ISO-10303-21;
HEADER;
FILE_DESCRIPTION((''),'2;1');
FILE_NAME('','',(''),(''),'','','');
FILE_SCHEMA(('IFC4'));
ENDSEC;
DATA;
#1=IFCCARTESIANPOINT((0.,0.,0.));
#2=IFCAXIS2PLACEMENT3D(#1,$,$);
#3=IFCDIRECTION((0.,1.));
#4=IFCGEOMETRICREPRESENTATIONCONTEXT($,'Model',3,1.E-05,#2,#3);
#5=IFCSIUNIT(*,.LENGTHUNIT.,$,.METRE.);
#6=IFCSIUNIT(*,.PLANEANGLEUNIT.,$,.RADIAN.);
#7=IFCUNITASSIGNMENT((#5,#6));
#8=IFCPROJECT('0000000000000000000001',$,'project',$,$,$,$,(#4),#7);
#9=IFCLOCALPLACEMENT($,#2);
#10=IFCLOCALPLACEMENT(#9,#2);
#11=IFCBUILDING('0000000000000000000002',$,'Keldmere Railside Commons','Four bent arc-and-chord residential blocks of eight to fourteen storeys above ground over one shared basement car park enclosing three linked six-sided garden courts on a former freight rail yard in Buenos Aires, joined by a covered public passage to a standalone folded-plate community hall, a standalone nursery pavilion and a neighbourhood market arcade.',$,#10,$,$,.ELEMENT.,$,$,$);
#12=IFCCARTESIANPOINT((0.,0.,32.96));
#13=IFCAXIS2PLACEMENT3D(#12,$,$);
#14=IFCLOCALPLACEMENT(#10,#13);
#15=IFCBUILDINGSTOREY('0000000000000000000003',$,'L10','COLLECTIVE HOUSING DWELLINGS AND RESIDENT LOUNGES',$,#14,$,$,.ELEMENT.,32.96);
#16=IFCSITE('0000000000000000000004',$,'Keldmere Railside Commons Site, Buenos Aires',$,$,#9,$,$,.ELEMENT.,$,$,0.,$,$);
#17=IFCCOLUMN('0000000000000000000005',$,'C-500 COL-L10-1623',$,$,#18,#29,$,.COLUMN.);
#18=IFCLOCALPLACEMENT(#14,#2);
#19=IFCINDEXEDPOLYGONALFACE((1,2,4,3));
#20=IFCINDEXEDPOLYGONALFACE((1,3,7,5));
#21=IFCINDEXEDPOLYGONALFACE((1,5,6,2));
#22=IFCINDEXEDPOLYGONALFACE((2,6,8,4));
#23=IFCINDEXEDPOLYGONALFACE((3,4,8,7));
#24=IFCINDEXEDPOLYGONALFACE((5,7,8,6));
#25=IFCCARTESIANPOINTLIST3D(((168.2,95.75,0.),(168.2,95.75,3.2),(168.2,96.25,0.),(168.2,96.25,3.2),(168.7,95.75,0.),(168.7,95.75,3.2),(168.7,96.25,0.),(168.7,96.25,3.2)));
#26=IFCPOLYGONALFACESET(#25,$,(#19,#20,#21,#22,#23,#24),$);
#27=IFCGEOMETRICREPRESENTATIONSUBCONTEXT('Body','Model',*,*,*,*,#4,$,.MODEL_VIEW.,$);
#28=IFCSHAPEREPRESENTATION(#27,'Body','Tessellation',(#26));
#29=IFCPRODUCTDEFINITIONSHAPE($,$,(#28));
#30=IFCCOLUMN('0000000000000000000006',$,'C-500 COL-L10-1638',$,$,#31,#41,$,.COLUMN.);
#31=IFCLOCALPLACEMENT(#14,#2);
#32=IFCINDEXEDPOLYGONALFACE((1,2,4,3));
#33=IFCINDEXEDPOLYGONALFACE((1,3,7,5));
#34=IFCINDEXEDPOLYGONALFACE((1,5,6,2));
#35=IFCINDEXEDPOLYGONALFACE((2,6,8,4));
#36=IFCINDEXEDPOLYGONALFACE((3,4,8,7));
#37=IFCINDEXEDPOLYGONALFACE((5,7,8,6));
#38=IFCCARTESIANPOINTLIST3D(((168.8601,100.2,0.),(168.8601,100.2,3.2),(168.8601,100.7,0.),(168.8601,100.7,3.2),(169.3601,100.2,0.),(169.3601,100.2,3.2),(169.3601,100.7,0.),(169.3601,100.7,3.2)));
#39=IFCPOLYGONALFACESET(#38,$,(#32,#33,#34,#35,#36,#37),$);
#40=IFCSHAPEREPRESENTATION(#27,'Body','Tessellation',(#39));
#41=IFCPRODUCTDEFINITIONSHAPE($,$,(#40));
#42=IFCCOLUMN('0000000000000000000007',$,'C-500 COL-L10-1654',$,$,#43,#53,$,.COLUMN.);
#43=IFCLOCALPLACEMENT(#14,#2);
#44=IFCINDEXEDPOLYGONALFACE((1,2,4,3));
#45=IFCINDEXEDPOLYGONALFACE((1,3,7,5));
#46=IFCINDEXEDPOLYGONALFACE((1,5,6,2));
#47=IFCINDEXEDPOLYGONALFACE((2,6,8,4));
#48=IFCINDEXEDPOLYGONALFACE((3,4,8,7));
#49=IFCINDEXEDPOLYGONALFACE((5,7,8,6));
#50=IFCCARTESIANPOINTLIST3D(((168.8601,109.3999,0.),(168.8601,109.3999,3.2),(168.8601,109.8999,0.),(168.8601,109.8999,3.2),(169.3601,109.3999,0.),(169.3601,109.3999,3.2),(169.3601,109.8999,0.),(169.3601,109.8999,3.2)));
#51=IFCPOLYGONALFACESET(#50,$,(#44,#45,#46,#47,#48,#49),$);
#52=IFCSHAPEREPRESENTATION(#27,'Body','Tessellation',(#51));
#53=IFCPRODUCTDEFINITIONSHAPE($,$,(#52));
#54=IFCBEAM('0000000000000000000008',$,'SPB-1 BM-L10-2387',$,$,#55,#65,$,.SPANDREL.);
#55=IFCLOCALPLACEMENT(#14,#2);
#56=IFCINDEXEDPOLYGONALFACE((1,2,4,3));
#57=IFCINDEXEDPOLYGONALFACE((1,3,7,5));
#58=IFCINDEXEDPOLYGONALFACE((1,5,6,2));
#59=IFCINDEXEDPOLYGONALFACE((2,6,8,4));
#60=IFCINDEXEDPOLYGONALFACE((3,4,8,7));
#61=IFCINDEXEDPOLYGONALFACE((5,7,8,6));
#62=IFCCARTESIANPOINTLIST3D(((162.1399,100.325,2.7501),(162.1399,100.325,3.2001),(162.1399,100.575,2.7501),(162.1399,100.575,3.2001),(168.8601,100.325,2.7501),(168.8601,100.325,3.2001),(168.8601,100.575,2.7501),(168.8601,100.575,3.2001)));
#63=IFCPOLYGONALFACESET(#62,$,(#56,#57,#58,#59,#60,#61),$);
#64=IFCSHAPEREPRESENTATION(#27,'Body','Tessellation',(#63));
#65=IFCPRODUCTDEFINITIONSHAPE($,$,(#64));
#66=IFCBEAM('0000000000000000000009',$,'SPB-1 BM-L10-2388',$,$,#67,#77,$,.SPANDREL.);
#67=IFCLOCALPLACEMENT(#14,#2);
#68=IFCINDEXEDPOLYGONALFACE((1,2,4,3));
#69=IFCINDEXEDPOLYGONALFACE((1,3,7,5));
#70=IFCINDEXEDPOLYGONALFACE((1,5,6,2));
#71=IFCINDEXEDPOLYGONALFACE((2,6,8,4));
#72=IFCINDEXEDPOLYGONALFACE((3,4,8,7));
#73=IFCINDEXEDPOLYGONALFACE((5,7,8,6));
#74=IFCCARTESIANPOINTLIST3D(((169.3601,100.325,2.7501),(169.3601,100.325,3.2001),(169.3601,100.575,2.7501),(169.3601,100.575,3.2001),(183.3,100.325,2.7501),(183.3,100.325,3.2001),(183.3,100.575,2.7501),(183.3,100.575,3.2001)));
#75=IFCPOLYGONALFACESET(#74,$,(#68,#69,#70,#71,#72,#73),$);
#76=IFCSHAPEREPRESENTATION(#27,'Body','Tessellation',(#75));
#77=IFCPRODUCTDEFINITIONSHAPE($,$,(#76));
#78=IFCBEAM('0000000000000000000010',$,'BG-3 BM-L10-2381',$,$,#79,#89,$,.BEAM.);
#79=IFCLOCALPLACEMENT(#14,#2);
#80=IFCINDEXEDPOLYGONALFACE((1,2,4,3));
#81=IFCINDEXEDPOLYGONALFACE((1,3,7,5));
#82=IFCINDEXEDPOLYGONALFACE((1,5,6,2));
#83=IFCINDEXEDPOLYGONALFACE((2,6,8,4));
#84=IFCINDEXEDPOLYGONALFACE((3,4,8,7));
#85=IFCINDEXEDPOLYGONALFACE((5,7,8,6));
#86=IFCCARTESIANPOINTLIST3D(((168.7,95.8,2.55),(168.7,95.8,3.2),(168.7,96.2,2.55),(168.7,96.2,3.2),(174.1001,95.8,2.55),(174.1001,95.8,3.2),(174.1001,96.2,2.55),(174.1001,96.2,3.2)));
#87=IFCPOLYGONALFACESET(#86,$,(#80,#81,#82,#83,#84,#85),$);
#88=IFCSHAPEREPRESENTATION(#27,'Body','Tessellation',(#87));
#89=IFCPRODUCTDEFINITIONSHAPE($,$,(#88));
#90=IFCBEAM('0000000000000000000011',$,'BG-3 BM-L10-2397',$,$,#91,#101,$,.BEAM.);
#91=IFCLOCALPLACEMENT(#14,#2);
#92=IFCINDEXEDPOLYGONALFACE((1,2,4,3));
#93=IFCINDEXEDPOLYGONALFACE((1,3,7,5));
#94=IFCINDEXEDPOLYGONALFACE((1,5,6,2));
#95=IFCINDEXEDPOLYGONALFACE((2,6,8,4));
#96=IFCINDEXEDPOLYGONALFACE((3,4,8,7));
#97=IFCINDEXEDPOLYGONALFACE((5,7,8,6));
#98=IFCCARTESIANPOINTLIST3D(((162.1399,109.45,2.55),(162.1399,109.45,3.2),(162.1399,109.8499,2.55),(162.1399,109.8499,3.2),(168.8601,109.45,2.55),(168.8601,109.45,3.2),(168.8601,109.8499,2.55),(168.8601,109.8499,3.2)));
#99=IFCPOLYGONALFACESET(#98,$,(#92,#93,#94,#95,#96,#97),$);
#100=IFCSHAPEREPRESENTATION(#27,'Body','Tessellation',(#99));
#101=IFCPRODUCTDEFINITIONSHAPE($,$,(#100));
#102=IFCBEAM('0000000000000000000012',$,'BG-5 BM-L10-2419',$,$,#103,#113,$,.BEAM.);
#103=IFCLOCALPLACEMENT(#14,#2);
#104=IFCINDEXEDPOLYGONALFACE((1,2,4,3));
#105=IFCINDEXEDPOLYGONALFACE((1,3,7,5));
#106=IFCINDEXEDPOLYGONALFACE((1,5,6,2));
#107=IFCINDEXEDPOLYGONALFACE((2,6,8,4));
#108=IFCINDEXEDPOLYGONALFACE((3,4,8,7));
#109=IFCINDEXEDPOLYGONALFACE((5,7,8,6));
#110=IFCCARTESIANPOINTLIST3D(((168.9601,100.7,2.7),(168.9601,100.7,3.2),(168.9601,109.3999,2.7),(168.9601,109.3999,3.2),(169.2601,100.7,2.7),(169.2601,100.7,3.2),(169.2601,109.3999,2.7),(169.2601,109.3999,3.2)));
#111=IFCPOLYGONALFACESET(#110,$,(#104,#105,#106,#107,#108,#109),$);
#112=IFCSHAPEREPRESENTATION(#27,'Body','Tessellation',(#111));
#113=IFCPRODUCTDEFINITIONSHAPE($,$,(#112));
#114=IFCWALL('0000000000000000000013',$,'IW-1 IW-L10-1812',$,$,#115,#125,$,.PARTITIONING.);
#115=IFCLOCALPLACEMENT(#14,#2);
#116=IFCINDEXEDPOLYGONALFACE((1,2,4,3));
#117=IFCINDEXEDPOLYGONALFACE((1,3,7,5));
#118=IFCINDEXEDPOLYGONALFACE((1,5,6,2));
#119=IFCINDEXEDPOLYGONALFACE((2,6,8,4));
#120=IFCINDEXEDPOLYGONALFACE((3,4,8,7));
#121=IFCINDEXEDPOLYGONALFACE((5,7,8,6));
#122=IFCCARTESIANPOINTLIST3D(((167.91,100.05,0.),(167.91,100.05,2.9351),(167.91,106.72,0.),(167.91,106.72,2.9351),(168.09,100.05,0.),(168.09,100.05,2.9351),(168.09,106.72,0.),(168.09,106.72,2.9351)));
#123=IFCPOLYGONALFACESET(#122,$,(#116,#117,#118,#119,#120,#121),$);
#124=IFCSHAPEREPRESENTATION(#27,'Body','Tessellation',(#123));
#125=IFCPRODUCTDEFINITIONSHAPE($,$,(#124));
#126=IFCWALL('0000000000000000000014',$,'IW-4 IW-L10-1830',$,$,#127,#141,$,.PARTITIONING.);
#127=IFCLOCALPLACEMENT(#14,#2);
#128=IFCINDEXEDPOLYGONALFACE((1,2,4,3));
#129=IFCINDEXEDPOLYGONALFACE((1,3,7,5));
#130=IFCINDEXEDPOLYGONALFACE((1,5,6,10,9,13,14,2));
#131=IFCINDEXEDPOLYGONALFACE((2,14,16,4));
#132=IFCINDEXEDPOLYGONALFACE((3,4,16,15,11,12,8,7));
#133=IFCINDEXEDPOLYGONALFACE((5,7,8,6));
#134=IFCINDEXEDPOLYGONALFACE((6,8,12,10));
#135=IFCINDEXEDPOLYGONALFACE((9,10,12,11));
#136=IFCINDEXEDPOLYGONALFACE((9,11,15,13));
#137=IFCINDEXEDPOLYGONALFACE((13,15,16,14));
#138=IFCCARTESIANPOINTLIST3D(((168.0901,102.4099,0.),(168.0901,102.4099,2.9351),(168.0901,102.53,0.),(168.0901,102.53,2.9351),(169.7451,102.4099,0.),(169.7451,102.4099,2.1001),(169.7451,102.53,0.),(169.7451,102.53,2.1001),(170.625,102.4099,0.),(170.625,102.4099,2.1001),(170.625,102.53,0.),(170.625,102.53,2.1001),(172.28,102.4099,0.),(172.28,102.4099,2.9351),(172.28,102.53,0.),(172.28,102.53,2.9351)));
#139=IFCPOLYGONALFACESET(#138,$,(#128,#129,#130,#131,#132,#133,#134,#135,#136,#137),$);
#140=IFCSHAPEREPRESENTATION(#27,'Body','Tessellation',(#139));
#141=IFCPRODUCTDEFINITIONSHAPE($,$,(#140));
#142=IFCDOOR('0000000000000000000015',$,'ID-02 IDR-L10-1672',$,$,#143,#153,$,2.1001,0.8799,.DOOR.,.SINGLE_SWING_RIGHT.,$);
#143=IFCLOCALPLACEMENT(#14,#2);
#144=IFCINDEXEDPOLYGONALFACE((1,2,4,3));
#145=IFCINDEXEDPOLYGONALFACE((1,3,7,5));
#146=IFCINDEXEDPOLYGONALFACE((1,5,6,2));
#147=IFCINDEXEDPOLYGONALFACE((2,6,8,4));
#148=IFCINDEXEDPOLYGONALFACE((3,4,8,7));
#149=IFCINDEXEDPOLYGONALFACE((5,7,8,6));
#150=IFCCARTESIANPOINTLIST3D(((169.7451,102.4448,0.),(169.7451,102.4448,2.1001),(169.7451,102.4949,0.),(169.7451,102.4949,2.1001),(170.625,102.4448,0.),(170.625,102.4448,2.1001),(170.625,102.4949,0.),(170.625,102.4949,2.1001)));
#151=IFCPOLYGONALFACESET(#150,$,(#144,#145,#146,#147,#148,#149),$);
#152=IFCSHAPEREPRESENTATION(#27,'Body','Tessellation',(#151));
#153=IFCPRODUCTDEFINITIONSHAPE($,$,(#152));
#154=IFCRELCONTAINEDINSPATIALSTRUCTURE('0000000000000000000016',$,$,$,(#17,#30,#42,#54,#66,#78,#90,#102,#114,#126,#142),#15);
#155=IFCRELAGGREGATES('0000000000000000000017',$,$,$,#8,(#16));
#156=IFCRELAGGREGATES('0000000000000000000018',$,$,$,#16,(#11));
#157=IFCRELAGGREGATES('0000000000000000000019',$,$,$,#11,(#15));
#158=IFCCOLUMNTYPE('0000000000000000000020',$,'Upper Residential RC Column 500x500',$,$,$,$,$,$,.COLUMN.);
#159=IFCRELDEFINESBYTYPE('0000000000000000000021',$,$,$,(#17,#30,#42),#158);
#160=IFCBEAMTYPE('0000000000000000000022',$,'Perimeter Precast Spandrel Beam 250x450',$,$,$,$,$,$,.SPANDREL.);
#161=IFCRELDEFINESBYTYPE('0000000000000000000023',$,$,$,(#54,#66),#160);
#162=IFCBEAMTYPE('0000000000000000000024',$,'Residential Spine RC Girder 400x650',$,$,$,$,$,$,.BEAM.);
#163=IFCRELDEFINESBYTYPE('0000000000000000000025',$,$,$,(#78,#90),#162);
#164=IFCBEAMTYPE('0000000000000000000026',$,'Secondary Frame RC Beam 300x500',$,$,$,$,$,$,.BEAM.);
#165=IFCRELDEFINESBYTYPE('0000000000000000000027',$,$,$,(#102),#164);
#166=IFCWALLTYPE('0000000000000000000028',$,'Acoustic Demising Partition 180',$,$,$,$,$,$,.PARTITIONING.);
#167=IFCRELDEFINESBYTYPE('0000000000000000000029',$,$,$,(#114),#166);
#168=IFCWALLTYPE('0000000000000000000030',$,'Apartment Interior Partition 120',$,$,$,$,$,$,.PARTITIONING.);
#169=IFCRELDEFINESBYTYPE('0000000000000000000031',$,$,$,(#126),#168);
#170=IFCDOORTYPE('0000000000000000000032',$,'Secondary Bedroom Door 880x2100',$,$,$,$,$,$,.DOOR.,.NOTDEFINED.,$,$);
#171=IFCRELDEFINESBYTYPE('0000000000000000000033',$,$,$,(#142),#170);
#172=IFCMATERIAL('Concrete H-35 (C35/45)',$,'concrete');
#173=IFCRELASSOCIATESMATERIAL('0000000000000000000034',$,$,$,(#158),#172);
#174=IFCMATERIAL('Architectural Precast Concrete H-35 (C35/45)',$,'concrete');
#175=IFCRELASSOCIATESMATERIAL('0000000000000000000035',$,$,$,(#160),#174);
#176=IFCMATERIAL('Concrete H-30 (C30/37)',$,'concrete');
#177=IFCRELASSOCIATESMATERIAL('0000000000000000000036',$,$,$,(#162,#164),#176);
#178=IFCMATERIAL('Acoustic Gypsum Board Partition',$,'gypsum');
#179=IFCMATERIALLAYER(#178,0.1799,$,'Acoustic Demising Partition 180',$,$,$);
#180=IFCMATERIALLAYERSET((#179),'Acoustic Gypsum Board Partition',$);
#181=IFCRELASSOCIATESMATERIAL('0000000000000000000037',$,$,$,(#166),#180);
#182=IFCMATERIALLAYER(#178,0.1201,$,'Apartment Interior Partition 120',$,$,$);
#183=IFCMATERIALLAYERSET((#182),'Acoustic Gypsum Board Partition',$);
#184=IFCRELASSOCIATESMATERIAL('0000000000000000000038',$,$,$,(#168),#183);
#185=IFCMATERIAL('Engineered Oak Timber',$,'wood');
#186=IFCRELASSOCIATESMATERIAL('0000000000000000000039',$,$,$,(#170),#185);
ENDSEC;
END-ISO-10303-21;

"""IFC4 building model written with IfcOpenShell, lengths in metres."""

from ifc_helpers import new_model, si_unit, direction, frame, frame_2d, origin, origin_2d, place, context, subcontext, project, spatial, rectangle, extrude, material, layer, layer_set, material_profile, profile_set, type_object, element, fill, save


model = new_model("IFC4")

# Units and contexts
model_context = context("Model", 3, precision=1e-05, world=origin(), true_north=direction((0.0, 1.0)))
body_context = subcontext(model_context, "Body", "Model", "MODEL_VIEW")
ifc_project = project(units=[si_unit("LENGTHUNIT", "METRE"), si_unit("PLANEANGLEUNIT", "RADIAN")], contexts=[model_context])

# Site, building, storey
site_placement = place(None, origin())
site = spatial("IfcSite", under=ifc_project, at=site_placement, Name="Keldmere Railside Commons Site, Buenos Aires", CompositionType="ELEMENT", RefElevation=0.0)
building_placement = place(site_placement, origin())
building = spatial("IfcBuilding", under=site, at=building_placement, Name="Keldmere Railside Commons", Description="Four bent arc-and-chord residential blocks of eight to fourteen storeys above ground over one shared basement car park enclosing three linked six-sided garden courts on a former freight rail yard in Buenos Aires, joined by a covered public passage to a standalone folded-plate community hall, a standalone nursery pavilion and a neighbourhood market arcade.", CompositionType="ELEMENT")
storey_placement = place(building_placement, frame((0.0, 0.0, 32.96)))
storey = spatial("IfcBuildingStorey", under=building, at=storey_placement, Name="L10", Description="COLLECTIVE HOUSING DWELLINGS AND RESIDENT LOUNGES", CompositionType="ELEMENT", Elevation=32.96)

# Columns
ifc_material_1 = material(Name="Concrete H-35 (C35/45)", Category="concrete")
ifc_material_profile_1 = material_profile(ifc_material_1, rectangle(XDim=0.5, YDim=0.5, at=origin_2d()), Name="RC-500x500")
ifc_profile_set_1 = profile_set([ifc_material_profile_1], Name="Concrete H-35 (C35/45)")
column_type = type_object("IfcColumnType", Name="Upper Residential RC Column 500x500", PredefinedType="COLUMN", material=ifc_profile_set_1)
for number, where, z_axis, x_axis, name in (
    (1, (168.45, 96.0, 0.0), (0.0, 0.0, 1.0), (1.0, 0.0, 0.0), "C-500 COL-L10-1623"),
    (2, (169.1101, 100.45, 0.0), (0.0, 0.0, 1.0), (1.0, 0.0, 0.0), "C-500 COL-L10-1638"),
    (3, (169.1101, 109.6499, 0.0), (0.0, 0.0, 1.0), (1.0, 0.0, 0.0), "C-500 COL-L10-1654"),
):
    element("IfcColumn", number, at=place(storey_placement, frame(where, z_axis=z_axis, x_axis=x_axis)), inside=storey, type_object=column_type, Name=name, PredefinedType="COLUMN", context=body_context, shape_type="SweptSolid", body=[
        extrude(rectangle(XDim=0.5, YDim=0.5, at=origin_2d()), origin(), (0.0, 0.0, 1.0), 3.2),
    ])

# Beams
ifc_material_2 = material(Name="Architectural Precast Concrete H-35 (C35/45)", Category="concrete")
ifc_material_profile_2 = material_profile(ifc_material_2, rectangle(XDim=0.25, YDim=0.45, at=origin_2d()), Name="RC-250x450")
ifc_profile_set_2 = profile_set([ifc_material_profile_2], Name="Architectural Precast Concrete H-35 (C35/45)")
beam_type_1 = type_object("IfcBeamType", Name="Perimeter Precast Spandrel Beam 250x450", PredefinedType="SPANDREL", material=ifc_profile_set_2)
beam_1_placement = place(storey_placement, frame((162.1399, 100.45, 2.9751), z_axis=(1.0, 0.0, 0.0), x_axis=(0.0, 1.0, 0.0)))
element("IfcBeam", 4, at=beam_1_placement, inside=storey, type_object=beam_type_1, Name="SPB-1 BM-L10-2387", PredefinedType="SPANDREL", context=body_context, shape_type="SweptSolid", body=[
    extrude(rectangle(XDim=0.25, YDim=0.45, at=origin_2d()), origin(), (0.0, 0.0, 1.0), 6.7202),
])
beam_2_placement = place(storey_placement, frame((169.3601, 100.45, 2.9751), z_axis=(1.0, 0.0, 0.0), x_axis=(0.0, 1.0, 0.0)))
element("IfcBeam", 5, at=beam_2_placement, inside=storey, type_object=beam_type_1, Name="SPB-1 BM-L10-2388", PredefinedType="SPANDREL", context=body_context, shape_type="SweptSolid", body=[
    extrude(rectangle(XDim=0.25, YDim=0.45, at=origin_2d()), origin(), (0.0, 0.0, 1.0), 13.9399),
])
ifc_material_3 = material(Name="Concrete H-30 (C30/37)", Category="concrete")
ifc_material_profile_3 = material_profile(ifc_material_3, rectangle(XDim=0.3999, YDim=0.6499, at=origin_2d()), Name="RC-400x650")
ifc_profile_set_3 = profile_set([ifc_material_profile_3], Name="Concrete H-30 (C30/37)")
beam_type_2 = type_object("IfcBeamType", Name="Residential Spine RC Girder 400x650", PredefinedType="BEAM", material=ifc_profile_set_3)
beam_3_placement = place(storey_placement, frame((168.7, 96.0, 2.875), z_axis=(1.0, 0.0, 0.0), x_axis=(0.0, 1.0, 0.0)))
element("IfcBeam", 6, at=beam_3_placement, inside=storey, type_object=beam_type_2, Name="BG-3 BM-L10-2381", PredefinedType="BEAM", context=body_context, shape_type="SweptSolid", body=[
    extrude(rectangle(XDim=0.3999, YDim=0.6499, at=origin_2d()), origin(), (0.0, 0.0, 1.0), 5.4001),
])
beam_4_placement = place(storey_placement, frame((162.1399, 109.6499, 2.875), z_axis=(1.0, 0.0, 0.0), x_axis=(0.0, 1.0, 0.0)))
element("IfcBeam", 7, at=beam_4_placement, inside=storey, type_object=beam_type_2, Name="BG-3 BM-L10-2397", PredefinedType="BEAM", context=body_context, shape_type="SweptSolid", body=[
    extrude(rectangle(XDim=0.3999, YDim=0.6499, at=origin_2d()), origin(), (0.0, 0.0, 1.0), 6.7202),
])
ifc_material_profile_4 = material_profile(ifc_material_3, rectangle(XDim=0.3, YDim=0.5, at=origin_2d()), Name="RC-300x500")
ifc_profile_set_4 = profile_set([ifc_material_profile_4], Name="Concrete H-30 (C30/37)")
beam_type_3 = type_object("IfcBeamType", Name="Secondary Frame RC Beam 300x500", PredefinedType="BEAM", material=ifc_profile_set_4)
beam_5_placement = place(storey_placement, frame((169.1101, 100.7, 2.95), z_axis=(0.0, 1.0, 0.0), x_axis=(-1.0, 0.0, 0.0)))
element("IfcBeam", 8, at=beam_5_placement, inside=storey, type_object=beam_type_3, Name="BG-5 BM-L10-2419", PredefinedType="BEAM", context=body_context, shape_type="SweptSolid", body=[
    extrude(rectangle(XDim=0.3, YDim=0.5, at=origin_2d()), origin(), (0.0, 0.0, 1.0), 8.7),
])

# Wall
ifc_material_4 = material(Name="Acoustic Gypsum Board Partition", Category="gypsum")
ifc_layer_1 = layer(ifc_material_4, 0.1799, Name="Acoustic Demising Partition 180")
ifc_layer_set_1 = layer_set([ifc_layer_1], Name="Acoustic Gypsum Board Partition")
wall_type_1 = type_object("IfcWallType", Name="Acoustic Demising Partition 180", PredefinedType="PARTITIONING", material=ifc_layer_set_1)
wall_1_placement = place(storey_placement, frame((168.0, 100.05, 0.0), z_axis=(0.0, 0.0, 1.0), x_axis=(0.0, 1.0, 0.0)))
element("IfcWall", 9, at=wall_1_placement, inside=storey, type_object=wall_type_1, Name="IW-1 IW-L10-1812", PredefinedType="PARTITIONING", context=body_context, shape_type="SweptSolid", body=[
    extrude(rectangle(XDim=6.6699, YDim=0.1799, at=frame_2d((3.335, 0.0))), origin(), (0.0, 0.0, 1.0), 2.9351),
])

# Wall, opening, door
ifc_layer_2 = layer(ifc_material_4, 0.1201, Name="Apartment Interior Partition 120")
ifc_layer_set_2 = layer_set([ifc_layer_2], Name="Acoustic Gypsum Board Partition")
wall_type_2 = type_object("IfcWallType", Name="Apartment Interior Partition 120", PredefinedType="PARTITIONING", material=ifc_layer_set_2)
wall_2_placement = place(storey_placement, frame((168.0901, 102.47, 0.0), z_axis=(0.0, 0.0, 1.0), x_axis=(1.0, 0.0, 0.0)))
wall_2 = element("IfcWall", 10, at=wall_2_placement, inside=storey, type_object=wall_type_2, Name="IW-4 IW-L10-1830", PredefinedType="PARTITIONING", context=body_context, shape_type="SweptSolid", body=[
    extrude(rectangle(XDim=4.1899, YDim=0.1201, at=frame_2d((2.095, 0.0))), origin(), (0.0, 0.0, 1.0), 2.9351),
])
opening_1_placement = place(wall_2_placement, frame((1.655, 0.0, 0.0)))
opening_1 = element("IfcOpeningElement", 11, at=opening_1_placement, cuts=wall_2, PredefinedType="OPENING", context=body_context, shape_type="SweptSolid", body=[
    extrude(rectangle(XDim=0.8799, YDim=2.1001, at=frame_2d((0.4399, 1.05))), frame((0.0, 0.0701, 0.0), z_axis=(0.0, -1.0, 0.0), x_axis=(1.0, 0.0, 0.0)), (0.0, 0.0, 1.0), 0.1401),
])
ifc_material_5 = material(Name="Engineered Oak Timber", Category="wood")
door_type_1 = type_object("IfcDoorType", Name="Secondary Bedroom Door 880x2100", OperationType="NOTDEFINED", PredefinedType="DOOR", material=ifc_material_5)
door_1_placement = place(opening_1_placement, origin())
door_1 = element("IfcDoor", 12, at=door_1_placement, inside=storey, type_object=door_type_1, Name="ID-02 IDR-L10-1672", OperationType="SINGLE_SWING_RIGHT", OverallHeight=2.1001, OverallWidth=0.8799, PredefinedType="DOOR", context=body_context, shape_type="SweptSolid", body=[
    extrude(rectangle(XDim=0.8799, YDim=2.1001, at=frame_2d((0.4399, 1.05))), frame((0.0, 0.0249, 0.0), z_axis=(0.0, -1.0, 0.0), x_axis=(1.0, 0.0, 0.0)), (0.0, 0.0, 1.0), 0.05),
])
fill(opening_1, door_1)

save(model, "model.ifc")
